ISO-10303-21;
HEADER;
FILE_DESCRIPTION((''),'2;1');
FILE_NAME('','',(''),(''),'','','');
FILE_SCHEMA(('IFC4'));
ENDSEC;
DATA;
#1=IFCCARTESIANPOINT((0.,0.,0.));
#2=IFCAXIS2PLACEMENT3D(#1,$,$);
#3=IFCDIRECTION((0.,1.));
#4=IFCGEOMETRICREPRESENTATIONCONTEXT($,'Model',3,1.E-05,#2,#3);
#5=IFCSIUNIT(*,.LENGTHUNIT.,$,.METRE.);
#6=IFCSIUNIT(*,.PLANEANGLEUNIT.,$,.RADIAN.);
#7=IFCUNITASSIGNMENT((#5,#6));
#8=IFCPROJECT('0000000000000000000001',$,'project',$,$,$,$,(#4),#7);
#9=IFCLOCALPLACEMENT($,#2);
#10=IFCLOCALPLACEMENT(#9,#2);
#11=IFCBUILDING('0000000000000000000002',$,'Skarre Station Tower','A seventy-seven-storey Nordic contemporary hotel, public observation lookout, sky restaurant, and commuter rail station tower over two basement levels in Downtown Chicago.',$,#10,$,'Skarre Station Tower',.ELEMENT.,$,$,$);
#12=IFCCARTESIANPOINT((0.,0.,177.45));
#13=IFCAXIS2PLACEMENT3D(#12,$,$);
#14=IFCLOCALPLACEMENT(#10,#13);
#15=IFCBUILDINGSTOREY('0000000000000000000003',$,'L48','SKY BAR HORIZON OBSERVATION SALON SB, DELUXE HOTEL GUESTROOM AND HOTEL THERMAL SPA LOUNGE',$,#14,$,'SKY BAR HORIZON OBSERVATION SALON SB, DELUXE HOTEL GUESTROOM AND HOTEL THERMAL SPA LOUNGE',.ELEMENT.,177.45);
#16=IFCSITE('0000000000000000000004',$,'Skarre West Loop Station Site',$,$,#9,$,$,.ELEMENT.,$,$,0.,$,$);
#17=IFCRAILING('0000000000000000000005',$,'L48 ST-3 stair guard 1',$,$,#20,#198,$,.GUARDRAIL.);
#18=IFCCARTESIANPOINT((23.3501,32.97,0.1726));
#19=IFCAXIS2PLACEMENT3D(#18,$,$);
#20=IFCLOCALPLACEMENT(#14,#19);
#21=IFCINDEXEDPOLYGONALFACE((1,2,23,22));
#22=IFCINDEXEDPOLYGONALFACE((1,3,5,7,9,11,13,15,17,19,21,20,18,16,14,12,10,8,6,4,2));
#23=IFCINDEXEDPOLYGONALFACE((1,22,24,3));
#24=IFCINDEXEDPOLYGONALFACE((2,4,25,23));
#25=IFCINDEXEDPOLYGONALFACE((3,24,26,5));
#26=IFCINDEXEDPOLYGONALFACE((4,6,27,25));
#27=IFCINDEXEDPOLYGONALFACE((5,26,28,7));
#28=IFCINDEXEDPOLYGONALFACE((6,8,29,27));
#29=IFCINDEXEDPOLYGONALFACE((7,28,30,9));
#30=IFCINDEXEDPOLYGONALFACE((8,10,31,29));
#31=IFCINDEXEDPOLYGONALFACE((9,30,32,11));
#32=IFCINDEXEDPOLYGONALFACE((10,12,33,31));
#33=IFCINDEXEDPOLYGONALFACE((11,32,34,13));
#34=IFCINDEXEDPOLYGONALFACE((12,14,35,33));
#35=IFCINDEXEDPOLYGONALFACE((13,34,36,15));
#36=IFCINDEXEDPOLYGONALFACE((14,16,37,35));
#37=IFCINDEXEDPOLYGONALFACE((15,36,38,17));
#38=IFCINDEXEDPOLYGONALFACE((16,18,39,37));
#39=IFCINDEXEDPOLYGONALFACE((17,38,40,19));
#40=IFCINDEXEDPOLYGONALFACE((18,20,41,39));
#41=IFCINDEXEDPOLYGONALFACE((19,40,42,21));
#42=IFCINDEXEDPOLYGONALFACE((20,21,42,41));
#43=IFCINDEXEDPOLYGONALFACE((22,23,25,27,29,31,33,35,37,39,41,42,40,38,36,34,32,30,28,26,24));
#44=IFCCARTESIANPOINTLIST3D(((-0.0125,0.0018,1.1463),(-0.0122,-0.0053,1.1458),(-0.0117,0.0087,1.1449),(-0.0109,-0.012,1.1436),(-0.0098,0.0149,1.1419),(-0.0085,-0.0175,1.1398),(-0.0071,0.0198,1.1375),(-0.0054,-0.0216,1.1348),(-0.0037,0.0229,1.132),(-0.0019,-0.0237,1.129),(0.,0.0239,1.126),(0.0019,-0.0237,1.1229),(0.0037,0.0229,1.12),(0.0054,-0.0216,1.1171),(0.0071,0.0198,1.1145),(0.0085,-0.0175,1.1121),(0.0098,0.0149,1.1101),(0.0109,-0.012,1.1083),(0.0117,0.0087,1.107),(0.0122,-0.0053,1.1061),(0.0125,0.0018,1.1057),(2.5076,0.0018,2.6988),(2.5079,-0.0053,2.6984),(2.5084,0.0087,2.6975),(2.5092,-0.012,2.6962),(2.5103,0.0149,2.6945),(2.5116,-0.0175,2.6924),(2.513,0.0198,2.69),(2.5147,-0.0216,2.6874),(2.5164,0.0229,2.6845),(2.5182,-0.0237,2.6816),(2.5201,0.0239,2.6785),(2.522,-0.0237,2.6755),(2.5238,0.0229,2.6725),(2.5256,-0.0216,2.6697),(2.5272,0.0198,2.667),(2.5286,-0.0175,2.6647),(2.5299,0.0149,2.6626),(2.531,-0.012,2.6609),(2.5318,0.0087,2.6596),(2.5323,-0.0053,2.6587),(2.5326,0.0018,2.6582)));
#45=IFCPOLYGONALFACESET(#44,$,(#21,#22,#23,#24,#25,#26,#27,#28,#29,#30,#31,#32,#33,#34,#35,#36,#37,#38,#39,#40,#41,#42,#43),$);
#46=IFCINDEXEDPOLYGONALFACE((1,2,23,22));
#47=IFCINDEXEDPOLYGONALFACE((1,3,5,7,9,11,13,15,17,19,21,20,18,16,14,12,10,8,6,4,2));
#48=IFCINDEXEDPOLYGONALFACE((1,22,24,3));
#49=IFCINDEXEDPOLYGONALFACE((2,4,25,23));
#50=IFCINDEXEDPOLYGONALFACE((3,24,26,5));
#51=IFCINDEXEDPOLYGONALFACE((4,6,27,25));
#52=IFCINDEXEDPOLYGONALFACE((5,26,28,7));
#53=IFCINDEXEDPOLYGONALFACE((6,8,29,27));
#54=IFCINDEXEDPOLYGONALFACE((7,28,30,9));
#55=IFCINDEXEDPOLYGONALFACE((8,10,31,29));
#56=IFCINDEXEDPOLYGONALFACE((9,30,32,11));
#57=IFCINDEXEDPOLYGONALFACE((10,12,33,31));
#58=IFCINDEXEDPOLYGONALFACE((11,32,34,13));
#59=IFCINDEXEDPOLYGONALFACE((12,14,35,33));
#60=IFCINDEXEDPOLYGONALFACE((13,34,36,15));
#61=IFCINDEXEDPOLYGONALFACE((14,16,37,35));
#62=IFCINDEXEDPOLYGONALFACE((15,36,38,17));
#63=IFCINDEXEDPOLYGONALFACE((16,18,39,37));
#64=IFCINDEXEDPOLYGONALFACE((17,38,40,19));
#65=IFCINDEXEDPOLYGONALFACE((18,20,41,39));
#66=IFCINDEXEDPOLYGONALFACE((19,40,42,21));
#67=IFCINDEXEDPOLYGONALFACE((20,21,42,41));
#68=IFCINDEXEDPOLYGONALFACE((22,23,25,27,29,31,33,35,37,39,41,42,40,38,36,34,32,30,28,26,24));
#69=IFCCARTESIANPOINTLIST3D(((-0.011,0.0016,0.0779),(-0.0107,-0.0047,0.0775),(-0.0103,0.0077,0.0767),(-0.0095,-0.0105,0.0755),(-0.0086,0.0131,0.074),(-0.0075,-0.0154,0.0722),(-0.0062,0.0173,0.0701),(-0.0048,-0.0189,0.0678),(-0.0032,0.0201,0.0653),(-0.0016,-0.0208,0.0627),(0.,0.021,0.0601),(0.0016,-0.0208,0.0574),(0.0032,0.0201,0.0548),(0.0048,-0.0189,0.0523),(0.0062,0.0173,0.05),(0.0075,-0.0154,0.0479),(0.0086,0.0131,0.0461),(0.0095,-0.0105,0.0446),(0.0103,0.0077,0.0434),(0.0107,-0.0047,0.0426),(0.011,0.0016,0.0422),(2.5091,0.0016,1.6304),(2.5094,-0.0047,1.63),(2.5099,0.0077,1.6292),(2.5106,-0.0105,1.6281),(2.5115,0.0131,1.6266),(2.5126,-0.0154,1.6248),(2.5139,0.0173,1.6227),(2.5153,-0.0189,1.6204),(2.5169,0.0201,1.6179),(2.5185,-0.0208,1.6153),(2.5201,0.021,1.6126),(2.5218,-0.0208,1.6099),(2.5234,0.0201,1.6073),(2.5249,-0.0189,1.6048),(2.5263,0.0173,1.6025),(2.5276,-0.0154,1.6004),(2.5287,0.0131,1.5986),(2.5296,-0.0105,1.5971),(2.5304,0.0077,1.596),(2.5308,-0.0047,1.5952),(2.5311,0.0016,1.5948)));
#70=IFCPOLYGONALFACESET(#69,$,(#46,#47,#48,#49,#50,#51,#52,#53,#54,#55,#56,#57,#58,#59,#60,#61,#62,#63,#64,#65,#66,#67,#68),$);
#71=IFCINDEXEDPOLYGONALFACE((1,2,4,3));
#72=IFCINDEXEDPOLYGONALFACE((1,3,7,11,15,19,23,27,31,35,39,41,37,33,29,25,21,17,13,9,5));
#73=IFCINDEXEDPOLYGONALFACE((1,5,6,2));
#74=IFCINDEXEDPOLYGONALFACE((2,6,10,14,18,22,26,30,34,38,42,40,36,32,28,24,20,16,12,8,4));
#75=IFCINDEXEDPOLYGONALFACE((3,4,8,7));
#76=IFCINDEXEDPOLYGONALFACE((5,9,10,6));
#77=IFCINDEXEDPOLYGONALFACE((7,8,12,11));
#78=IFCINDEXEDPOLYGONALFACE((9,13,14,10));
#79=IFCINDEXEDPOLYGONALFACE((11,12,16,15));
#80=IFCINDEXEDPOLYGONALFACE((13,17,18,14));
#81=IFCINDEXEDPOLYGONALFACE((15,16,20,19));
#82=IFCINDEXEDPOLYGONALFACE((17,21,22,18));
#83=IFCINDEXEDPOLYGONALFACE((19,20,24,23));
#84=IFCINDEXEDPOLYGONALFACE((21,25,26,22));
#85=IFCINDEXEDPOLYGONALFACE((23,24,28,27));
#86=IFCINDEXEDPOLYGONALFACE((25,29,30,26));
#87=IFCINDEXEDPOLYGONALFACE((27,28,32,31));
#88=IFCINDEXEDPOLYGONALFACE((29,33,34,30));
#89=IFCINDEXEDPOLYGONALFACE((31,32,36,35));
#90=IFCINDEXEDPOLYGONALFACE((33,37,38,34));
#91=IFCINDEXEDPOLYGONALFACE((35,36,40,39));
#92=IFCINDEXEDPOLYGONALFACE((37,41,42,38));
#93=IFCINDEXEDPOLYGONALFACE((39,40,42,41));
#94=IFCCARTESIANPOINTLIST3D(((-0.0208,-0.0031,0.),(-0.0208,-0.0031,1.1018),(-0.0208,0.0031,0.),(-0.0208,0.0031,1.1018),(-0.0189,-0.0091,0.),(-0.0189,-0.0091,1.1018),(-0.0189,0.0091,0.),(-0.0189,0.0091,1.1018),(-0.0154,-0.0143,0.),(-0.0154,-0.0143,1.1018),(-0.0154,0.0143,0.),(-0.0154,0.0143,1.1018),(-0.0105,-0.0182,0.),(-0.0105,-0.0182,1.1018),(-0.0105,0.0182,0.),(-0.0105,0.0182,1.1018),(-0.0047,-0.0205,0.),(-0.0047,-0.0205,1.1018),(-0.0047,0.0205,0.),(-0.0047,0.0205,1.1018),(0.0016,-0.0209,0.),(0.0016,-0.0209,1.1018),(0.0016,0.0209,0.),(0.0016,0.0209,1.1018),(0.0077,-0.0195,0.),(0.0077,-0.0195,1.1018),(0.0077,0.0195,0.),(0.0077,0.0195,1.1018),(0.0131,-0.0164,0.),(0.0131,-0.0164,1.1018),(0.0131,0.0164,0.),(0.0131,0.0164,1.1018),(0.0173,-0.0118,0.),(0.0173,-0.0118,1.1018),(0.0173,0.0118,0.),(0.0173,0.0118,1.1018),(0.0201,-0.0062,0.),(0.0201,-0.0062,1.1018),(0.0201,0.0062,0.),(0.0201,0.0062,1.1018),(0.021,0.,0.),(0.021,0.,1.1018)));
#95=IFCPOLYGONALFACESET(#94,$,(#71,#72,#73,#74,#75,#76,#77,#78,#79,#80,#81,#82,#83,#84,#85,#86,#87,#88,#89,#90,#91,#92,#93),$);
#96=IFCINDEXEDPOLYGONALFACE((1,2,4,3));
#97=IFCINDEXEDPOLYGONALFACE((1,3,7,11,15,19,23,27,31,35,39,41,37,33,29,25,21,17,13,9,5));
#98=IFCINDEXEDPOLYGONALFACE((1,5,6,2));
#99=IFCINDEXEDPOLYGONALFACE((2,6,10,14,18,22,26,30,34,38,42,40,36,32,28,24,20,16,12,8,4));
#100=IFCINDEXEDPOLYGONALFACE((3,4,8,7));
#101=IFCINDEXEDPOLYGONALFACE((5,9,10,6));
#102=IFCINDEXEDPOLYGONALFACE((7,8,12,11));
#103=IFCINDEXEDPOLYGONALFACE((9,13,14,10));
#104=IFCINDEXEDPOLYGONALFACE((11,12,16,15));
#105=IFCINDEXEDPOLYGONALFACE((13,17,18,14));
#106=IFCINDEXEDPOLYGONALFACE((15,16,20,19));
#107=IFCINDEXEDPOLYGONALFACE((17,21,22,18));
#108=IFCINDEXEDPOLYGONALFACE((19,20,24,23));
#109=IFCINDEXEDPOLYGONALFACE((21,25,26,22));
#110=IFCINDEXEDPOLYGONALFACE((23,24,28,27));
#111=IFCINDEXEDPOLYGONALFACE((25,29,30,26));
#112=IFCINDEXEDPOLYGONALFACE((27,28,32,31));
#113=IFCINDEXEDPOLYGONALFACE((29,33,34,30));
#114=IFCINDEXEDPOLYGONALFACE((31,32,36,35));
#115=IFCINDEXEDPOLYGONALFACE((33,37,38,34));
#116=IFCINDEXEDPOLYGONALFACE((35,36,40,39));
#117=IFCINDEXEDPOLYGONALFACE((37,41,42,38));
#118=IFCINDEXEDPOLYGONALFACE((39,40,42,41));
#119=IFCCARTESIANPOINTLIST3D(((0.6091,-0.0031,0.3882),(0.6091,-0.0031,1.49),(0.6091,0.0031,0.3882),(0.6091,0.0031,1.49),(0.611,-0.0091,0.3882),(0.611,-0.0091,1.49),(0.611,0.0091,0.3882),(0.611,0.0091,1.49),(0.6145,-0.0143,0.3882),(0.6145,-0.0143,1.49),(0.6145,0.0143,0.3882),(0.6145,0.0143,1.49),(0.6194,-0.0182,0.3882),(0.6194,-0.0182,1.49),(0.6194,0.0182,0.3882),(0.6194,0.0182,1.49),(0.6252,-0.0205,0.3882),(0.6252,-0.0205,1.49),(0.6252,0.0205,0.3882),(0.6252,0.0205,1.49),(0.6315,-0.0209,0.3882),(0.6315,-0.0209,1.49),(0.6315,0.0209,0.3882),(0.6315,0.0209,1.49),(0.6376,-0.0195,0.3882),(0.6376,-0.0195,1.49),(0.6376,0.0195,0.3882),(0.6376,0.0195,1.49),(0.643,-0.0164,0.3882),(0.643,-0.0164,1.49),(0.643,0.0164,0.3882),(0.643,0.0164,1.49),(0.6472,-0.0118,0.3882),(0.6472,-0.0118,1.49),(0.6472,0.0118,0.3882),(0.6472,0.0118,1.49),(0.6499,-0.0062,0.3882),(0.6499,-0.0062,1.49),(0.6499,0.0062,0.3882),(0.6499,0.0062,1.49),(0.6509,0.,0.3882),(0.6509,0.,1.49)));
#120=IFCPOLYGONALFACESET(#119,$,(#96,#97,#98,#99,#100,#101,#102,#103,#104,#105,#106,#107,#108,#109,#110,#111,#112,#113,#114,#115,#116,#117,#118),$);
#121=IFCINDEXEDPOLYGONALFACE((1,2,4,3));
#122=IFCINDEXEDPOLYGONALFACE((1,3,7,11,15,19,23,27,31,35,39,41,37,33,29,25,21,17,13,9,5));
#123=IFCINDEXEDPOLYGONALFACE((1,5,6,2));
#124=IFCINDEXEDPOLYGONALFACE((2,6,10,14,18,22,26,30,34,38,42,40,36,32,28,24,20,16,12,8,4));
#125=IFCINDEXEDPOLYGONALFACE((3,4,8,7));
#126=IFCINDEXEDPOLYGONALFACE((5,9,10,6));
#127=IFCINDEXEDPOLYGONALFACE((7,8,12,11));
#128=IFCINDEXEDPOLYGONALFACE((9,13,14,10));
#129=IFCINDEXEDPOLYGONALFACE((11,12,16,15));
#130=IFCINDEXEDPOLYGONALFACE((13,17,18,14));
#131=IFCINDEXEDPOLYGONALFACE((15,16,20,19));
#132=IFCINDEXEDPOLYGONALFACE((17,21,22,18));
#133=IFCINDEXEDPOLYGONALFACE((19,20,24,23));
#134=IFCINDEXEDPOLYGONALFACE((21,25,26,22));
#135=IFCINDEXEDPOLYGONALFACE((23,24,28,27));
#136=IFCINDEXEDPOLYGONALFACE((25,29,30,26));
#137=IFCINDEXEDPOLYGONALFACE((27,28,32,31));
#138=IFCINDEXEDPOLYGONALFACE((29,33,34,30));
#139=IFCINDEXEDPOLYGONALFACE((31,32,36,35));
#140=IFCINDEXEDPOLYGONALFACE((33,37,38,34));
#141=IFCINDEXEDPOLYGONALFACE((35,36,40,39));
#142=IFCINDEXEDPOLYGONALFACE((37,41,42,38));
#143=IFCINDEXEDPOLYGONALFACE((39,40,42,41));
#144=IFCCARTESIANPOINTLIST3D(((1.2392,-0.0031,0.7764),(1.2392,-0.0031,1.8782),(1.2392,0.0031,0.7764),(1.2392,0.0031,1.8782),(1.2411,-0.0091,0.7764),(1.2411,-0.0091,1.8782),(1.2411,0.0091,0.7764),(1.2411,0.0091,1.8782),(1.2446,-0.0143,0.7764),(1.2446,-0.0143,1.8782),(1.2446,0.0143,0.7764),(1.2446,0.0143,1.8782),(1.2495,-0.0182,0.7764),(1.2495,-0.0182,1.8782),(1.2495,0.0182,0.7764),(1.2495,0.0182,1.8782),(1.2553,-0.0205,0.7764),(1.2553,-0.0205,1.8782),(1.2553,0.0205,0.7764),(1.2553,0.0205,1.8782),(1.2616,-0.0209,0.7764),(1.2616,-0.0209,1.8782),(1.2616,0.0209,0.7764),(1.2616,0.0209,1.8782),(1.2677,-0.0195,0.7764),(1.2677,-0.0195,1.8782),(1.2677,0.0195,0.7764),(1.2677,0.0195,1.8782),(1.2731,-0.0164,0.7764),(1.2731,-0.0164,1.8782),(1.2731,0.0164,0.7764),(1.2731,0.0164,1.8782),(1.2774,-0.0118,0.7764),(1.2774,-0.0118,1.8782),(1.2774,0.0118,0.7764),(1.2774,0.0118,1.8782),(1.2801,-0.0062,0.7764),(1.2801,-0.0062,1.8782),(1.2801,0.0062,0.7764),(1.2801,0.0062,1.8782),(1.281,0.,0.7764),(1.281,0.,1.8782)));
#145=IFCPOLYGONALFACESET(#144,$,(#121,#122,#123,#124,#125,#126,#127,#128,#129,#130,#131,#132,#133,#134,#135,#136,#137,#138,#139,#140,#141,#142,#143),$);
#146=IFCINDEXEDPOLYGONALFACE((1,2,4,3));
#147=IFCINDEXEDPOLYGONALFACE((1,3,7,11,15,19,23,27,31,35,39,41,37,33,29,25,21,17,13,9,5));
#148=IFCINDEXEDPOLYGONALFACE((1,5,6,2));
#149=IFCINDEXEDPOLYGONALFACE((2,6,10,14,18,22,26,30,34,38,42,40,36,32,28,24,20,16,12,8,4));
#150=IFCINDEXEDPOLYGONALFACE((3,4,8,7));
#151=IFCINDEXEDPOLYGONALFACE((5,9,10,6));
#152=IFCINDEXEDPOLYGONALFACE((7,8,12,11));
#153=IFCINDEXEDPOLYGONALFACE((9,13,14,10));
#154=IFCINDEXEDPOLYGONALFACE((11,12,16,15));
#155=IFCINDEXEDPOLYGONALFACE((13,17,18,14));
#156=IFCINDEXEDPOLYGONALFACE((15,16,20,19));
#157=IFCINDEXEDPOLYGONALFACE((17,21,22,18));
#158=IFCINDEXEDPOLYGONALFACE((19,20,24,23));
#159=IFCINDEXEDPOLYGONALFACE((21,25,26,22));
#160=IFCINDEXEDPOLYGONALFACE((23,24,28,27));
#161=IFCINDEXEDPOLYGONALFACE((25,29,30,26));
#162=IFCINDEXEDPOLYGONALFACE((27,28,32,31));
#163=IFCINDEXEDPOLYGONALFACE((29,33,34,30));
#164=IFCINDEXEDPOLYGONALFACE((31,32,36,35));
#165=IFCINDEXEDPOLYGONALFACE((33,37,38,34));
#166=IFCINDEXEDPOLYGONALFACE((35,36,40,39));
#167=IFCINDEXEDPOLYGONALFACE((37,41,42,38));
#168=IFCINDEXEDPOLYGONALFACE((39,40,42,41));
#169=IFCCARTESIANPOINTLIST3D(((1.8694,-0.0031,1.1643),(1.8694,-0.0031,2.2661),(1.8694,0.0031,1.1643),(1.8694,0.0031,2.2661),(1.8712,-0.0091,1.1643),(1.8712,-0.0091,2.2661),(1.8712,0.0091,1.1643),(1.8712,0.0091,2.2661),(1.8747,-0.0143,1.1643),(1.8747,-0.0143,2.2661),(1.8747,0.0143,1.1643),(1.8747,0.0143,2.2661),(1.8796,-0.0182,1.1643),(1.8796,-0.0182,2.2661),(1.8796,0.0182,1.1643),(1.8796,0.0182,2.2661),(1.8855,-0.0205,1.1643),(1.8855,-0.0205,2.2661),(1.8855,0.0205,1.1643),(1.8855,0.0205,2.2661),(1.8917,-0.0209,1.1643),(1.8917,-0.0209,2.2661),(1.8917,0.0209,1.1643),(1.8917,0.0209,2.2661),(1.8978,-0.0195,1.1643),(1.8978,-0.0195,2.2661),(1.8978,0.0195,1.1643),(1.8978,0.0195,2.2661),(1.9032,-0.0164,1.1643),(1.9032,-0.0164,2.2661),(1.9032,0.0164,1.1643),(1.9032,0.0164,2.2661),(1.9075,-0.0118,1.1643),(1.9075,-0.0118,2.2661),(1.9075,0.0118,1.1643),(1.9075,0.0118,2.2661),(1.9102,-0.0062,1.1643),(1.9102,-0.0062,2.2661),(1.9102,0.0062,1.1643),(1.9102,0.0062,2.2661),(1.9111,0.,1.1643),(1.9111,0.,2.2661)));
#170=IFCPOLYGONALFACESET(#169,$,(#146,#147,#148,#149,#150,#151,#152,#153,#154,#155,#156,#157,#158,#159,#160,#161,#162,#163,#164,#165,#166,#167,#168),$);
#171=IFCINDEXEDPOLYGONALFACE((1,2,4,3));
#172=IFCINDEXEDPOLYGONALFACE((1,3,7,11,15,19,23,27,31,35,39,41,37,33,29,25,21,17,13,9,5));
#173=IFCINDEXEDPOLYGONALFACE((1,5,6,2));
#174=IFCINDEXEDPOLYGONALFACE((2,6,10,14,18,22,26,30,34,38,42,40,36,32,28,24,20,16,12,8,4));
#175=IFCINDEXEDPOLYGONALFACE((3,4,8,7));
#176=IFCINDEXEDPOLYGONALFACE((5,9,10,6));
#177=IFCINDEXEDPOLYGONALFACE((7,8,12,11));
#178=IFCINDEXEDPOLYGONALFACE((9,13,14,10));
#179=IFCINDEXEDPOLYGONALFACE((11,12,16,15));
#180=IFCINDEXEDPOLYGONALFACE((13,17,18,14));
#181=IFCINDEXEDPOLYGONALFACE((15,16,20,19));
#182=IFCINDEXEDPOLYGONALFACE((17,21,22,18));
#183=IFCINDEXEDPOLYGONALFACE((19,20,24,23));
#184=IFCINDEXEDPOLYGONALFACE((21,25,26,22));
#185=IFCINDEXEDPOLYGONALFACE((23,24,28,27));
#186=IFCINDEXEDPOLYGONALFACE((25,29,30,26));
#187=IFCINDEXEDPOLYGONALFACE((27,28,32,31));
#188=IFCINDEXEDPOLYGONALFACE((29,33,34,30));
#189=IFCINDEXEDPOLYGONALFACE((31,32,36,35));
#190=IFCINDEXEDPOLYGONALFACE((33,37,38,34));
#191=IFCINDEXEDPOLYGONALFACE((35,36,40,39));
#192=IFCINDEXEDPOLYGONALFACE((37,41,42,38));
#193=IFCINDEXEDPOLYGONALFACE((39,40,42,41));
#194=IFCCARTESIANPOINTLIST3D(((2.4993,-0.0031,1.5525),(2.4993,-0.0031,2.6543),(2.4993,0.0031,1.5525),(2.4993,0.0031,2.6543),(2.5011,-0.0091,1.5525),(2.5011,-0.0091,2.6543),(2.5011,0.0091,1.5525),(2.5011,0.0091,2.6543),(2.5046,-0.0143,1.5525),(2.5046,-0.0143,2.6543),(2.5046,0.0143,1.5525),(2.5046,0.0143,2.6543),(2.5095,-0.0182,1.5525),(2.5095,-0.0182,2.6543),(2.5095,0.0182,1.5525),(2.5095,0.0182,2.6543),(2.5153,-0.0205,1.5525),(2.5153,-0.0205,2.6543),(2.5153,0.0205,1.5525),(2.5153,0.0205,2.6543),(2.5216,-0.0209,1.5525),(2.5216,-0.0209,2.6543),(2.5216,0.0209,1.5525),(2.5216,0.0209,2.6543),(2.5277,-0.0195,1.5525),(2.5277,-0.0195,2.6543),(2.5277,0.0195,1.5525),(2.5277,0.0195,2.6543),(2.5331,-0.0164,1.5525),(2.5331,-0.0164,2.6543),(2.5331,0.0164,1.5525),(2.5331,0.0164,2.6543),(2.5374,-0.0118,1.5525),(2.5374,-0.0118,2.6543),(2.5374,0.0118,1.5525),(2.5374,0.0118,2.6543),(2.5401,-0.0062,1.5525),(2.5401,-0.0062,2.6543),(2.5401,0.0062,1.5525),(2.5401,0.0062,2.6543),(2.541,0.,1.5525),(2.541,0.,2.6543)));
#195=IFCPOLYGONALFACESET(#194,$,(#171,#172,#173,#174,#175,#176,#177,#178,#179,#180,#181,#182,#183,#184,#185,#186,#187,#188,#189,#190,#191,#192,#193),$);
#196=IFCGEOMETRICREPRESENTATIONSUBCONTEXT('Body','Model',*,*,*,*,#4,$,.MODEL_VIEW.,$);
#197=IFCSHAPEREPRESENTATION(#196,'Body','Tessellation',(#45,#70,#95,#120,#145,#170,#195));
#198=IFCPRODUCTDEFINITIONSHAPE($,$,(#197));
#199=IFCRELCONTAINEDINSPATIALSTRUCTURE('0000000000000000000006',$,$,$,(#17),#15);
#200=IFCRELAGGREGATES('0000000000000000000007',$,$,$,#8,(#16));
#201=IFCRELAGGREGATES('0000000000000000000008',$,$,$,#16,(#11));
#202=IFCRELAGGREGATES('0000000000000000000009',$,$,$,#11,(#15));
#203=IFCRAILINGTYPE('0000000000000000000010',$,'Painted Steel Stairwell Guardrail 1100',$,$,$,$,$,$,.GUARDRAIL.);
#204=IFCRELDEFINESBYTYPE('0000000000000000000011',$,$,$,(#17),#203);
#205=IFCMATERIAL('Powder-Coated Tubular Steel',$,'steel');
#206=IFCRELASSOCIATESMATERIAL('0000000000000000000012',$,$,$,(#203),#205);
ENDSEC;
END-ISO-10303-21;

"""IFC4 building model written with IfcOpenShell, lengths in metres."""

from ifc_helpers import new_model, si_unit, direction, frame, origin, origin_2d, place, context, subcontext, project, spatial, circle, extrude, material, type_object, element, save


model = new_model("IFC4")

# Units and contexts
model_context = context("Model", 3, precision=1e-05, world=origin(), true_north=direction((0.0, 1.0)))
body_context = subcontext(model_context, "Body", "Model", "MODEL_VIEW")
ifc_project = project(units=[si_unit("LENGTHUNIT", "METRE"), si_unit("PLANEANGLEUNIT", "RADIAN")], contexts=[model_context])

# Site, building, storey
site_placement = place(None, origin())
site = spatial("IfcSite", under=ifc_project, at=site_placement, Name="Skarre West Loop Station Site", CompositionType="ELEMENT", RefElevation=0.0)
building_placement = place(site_placement, origin())
building = spatial("IfcBuilding", under=site, at=building_placement, Name="Skarre Station Tower", Description="A seventy-seven-storey Nordic contemporary hotel, public observation lookout, sky restaurant, and commuter rail station tower over two basement levels in Downtown Chicago.", LongName="Skarre Station Tower", CompositionType="ELEMENT")
storey_placement = place(building_placement, frame((0.0, 0.0, 177.45)))
storey = spatial("IfcBuildingStorey", under=building, at=storey_placement, Name="L48", Description="SKY BAR HORIZON OBSERVATION SALON SB, DELUXE HOTEL GUESTROOM AND HOTEL THERMAL SPA LOUNGE", LongName="SKY BAR HORIZON OBSERVATION SALON SB, DELUXE HOTEL GUESTROOM AND HOTEL THERMAL SPA LOUNGE", CompositionType="ELEMENT", Elevation=177.45)

# Railing
ifc_material_1 = material(Name="Powder-Coated Tubular Steel", Category="steel")
railing_type_1 = type_object("IfcRailingType", Name="Painted Steel Stairwell Guardrail 1100", PredefinedType="GUARDRAIL", material=ifc_material_1)
railing_1_placement = place(storey_placement, frame((23.3501, 32.97, 0.1726)))
element("IfcRailing", 1, at=railing_1_placement, inside=storey, type_object=railing_type_1, Name="L48 ST-3 stair guard 1", PredefinedType="GUARDRAIL", context=body_context, shape_type="SweptSolid", body=[
    extrude(circle(Radius=0.0239, at=origin_2d()), frame((0.0, 0.0, 1.126), z_axis=(0.8514, 0.0, 0.524516), x_axis=(0.0, 1.0, 0.0)), (0.0, 0.0, 1.0), 2.96),
    extrude(circle(Radius=0.021, at=origin_2d()), frame((0.0, 0.0, 0.0601), z_axis=(0.8514, 0.0, 0.524516), x_axis=(0.0, 1.0, 0.0)), (0.0, 0.0, 1.0), 2.96),
    extrude(circle(Radius=0.021, at=origin_2d()), origin(), (0.0, 0.0, 1.0), 1.1018),
    extrude(circle(Radius=0.021, at=origin_2d()), frame((0.6299, 0.0, 0.3882)), (0.0, 0.0, 1.0), 1.1018),
    extrude(circle(Radius=0.021, at=origin_2d()), frame((1.26, 0.0, 0.7764)), (0.0, 0.0, 1.0), 1.1018),
    extrude(circle(Radius=0.021, at=origin_2d()), frame((1.8901, 0.0, 1.1643)), (0.0, 0.0, 1.0), 1.1018),
    extrude(circle(Radius=0.021, at=origin_2d()), frame((2.52, 0.0, 1.5525)), (0.0, 0.0, 1.0), 1.1018),
])

save(model, "model.ifc")
